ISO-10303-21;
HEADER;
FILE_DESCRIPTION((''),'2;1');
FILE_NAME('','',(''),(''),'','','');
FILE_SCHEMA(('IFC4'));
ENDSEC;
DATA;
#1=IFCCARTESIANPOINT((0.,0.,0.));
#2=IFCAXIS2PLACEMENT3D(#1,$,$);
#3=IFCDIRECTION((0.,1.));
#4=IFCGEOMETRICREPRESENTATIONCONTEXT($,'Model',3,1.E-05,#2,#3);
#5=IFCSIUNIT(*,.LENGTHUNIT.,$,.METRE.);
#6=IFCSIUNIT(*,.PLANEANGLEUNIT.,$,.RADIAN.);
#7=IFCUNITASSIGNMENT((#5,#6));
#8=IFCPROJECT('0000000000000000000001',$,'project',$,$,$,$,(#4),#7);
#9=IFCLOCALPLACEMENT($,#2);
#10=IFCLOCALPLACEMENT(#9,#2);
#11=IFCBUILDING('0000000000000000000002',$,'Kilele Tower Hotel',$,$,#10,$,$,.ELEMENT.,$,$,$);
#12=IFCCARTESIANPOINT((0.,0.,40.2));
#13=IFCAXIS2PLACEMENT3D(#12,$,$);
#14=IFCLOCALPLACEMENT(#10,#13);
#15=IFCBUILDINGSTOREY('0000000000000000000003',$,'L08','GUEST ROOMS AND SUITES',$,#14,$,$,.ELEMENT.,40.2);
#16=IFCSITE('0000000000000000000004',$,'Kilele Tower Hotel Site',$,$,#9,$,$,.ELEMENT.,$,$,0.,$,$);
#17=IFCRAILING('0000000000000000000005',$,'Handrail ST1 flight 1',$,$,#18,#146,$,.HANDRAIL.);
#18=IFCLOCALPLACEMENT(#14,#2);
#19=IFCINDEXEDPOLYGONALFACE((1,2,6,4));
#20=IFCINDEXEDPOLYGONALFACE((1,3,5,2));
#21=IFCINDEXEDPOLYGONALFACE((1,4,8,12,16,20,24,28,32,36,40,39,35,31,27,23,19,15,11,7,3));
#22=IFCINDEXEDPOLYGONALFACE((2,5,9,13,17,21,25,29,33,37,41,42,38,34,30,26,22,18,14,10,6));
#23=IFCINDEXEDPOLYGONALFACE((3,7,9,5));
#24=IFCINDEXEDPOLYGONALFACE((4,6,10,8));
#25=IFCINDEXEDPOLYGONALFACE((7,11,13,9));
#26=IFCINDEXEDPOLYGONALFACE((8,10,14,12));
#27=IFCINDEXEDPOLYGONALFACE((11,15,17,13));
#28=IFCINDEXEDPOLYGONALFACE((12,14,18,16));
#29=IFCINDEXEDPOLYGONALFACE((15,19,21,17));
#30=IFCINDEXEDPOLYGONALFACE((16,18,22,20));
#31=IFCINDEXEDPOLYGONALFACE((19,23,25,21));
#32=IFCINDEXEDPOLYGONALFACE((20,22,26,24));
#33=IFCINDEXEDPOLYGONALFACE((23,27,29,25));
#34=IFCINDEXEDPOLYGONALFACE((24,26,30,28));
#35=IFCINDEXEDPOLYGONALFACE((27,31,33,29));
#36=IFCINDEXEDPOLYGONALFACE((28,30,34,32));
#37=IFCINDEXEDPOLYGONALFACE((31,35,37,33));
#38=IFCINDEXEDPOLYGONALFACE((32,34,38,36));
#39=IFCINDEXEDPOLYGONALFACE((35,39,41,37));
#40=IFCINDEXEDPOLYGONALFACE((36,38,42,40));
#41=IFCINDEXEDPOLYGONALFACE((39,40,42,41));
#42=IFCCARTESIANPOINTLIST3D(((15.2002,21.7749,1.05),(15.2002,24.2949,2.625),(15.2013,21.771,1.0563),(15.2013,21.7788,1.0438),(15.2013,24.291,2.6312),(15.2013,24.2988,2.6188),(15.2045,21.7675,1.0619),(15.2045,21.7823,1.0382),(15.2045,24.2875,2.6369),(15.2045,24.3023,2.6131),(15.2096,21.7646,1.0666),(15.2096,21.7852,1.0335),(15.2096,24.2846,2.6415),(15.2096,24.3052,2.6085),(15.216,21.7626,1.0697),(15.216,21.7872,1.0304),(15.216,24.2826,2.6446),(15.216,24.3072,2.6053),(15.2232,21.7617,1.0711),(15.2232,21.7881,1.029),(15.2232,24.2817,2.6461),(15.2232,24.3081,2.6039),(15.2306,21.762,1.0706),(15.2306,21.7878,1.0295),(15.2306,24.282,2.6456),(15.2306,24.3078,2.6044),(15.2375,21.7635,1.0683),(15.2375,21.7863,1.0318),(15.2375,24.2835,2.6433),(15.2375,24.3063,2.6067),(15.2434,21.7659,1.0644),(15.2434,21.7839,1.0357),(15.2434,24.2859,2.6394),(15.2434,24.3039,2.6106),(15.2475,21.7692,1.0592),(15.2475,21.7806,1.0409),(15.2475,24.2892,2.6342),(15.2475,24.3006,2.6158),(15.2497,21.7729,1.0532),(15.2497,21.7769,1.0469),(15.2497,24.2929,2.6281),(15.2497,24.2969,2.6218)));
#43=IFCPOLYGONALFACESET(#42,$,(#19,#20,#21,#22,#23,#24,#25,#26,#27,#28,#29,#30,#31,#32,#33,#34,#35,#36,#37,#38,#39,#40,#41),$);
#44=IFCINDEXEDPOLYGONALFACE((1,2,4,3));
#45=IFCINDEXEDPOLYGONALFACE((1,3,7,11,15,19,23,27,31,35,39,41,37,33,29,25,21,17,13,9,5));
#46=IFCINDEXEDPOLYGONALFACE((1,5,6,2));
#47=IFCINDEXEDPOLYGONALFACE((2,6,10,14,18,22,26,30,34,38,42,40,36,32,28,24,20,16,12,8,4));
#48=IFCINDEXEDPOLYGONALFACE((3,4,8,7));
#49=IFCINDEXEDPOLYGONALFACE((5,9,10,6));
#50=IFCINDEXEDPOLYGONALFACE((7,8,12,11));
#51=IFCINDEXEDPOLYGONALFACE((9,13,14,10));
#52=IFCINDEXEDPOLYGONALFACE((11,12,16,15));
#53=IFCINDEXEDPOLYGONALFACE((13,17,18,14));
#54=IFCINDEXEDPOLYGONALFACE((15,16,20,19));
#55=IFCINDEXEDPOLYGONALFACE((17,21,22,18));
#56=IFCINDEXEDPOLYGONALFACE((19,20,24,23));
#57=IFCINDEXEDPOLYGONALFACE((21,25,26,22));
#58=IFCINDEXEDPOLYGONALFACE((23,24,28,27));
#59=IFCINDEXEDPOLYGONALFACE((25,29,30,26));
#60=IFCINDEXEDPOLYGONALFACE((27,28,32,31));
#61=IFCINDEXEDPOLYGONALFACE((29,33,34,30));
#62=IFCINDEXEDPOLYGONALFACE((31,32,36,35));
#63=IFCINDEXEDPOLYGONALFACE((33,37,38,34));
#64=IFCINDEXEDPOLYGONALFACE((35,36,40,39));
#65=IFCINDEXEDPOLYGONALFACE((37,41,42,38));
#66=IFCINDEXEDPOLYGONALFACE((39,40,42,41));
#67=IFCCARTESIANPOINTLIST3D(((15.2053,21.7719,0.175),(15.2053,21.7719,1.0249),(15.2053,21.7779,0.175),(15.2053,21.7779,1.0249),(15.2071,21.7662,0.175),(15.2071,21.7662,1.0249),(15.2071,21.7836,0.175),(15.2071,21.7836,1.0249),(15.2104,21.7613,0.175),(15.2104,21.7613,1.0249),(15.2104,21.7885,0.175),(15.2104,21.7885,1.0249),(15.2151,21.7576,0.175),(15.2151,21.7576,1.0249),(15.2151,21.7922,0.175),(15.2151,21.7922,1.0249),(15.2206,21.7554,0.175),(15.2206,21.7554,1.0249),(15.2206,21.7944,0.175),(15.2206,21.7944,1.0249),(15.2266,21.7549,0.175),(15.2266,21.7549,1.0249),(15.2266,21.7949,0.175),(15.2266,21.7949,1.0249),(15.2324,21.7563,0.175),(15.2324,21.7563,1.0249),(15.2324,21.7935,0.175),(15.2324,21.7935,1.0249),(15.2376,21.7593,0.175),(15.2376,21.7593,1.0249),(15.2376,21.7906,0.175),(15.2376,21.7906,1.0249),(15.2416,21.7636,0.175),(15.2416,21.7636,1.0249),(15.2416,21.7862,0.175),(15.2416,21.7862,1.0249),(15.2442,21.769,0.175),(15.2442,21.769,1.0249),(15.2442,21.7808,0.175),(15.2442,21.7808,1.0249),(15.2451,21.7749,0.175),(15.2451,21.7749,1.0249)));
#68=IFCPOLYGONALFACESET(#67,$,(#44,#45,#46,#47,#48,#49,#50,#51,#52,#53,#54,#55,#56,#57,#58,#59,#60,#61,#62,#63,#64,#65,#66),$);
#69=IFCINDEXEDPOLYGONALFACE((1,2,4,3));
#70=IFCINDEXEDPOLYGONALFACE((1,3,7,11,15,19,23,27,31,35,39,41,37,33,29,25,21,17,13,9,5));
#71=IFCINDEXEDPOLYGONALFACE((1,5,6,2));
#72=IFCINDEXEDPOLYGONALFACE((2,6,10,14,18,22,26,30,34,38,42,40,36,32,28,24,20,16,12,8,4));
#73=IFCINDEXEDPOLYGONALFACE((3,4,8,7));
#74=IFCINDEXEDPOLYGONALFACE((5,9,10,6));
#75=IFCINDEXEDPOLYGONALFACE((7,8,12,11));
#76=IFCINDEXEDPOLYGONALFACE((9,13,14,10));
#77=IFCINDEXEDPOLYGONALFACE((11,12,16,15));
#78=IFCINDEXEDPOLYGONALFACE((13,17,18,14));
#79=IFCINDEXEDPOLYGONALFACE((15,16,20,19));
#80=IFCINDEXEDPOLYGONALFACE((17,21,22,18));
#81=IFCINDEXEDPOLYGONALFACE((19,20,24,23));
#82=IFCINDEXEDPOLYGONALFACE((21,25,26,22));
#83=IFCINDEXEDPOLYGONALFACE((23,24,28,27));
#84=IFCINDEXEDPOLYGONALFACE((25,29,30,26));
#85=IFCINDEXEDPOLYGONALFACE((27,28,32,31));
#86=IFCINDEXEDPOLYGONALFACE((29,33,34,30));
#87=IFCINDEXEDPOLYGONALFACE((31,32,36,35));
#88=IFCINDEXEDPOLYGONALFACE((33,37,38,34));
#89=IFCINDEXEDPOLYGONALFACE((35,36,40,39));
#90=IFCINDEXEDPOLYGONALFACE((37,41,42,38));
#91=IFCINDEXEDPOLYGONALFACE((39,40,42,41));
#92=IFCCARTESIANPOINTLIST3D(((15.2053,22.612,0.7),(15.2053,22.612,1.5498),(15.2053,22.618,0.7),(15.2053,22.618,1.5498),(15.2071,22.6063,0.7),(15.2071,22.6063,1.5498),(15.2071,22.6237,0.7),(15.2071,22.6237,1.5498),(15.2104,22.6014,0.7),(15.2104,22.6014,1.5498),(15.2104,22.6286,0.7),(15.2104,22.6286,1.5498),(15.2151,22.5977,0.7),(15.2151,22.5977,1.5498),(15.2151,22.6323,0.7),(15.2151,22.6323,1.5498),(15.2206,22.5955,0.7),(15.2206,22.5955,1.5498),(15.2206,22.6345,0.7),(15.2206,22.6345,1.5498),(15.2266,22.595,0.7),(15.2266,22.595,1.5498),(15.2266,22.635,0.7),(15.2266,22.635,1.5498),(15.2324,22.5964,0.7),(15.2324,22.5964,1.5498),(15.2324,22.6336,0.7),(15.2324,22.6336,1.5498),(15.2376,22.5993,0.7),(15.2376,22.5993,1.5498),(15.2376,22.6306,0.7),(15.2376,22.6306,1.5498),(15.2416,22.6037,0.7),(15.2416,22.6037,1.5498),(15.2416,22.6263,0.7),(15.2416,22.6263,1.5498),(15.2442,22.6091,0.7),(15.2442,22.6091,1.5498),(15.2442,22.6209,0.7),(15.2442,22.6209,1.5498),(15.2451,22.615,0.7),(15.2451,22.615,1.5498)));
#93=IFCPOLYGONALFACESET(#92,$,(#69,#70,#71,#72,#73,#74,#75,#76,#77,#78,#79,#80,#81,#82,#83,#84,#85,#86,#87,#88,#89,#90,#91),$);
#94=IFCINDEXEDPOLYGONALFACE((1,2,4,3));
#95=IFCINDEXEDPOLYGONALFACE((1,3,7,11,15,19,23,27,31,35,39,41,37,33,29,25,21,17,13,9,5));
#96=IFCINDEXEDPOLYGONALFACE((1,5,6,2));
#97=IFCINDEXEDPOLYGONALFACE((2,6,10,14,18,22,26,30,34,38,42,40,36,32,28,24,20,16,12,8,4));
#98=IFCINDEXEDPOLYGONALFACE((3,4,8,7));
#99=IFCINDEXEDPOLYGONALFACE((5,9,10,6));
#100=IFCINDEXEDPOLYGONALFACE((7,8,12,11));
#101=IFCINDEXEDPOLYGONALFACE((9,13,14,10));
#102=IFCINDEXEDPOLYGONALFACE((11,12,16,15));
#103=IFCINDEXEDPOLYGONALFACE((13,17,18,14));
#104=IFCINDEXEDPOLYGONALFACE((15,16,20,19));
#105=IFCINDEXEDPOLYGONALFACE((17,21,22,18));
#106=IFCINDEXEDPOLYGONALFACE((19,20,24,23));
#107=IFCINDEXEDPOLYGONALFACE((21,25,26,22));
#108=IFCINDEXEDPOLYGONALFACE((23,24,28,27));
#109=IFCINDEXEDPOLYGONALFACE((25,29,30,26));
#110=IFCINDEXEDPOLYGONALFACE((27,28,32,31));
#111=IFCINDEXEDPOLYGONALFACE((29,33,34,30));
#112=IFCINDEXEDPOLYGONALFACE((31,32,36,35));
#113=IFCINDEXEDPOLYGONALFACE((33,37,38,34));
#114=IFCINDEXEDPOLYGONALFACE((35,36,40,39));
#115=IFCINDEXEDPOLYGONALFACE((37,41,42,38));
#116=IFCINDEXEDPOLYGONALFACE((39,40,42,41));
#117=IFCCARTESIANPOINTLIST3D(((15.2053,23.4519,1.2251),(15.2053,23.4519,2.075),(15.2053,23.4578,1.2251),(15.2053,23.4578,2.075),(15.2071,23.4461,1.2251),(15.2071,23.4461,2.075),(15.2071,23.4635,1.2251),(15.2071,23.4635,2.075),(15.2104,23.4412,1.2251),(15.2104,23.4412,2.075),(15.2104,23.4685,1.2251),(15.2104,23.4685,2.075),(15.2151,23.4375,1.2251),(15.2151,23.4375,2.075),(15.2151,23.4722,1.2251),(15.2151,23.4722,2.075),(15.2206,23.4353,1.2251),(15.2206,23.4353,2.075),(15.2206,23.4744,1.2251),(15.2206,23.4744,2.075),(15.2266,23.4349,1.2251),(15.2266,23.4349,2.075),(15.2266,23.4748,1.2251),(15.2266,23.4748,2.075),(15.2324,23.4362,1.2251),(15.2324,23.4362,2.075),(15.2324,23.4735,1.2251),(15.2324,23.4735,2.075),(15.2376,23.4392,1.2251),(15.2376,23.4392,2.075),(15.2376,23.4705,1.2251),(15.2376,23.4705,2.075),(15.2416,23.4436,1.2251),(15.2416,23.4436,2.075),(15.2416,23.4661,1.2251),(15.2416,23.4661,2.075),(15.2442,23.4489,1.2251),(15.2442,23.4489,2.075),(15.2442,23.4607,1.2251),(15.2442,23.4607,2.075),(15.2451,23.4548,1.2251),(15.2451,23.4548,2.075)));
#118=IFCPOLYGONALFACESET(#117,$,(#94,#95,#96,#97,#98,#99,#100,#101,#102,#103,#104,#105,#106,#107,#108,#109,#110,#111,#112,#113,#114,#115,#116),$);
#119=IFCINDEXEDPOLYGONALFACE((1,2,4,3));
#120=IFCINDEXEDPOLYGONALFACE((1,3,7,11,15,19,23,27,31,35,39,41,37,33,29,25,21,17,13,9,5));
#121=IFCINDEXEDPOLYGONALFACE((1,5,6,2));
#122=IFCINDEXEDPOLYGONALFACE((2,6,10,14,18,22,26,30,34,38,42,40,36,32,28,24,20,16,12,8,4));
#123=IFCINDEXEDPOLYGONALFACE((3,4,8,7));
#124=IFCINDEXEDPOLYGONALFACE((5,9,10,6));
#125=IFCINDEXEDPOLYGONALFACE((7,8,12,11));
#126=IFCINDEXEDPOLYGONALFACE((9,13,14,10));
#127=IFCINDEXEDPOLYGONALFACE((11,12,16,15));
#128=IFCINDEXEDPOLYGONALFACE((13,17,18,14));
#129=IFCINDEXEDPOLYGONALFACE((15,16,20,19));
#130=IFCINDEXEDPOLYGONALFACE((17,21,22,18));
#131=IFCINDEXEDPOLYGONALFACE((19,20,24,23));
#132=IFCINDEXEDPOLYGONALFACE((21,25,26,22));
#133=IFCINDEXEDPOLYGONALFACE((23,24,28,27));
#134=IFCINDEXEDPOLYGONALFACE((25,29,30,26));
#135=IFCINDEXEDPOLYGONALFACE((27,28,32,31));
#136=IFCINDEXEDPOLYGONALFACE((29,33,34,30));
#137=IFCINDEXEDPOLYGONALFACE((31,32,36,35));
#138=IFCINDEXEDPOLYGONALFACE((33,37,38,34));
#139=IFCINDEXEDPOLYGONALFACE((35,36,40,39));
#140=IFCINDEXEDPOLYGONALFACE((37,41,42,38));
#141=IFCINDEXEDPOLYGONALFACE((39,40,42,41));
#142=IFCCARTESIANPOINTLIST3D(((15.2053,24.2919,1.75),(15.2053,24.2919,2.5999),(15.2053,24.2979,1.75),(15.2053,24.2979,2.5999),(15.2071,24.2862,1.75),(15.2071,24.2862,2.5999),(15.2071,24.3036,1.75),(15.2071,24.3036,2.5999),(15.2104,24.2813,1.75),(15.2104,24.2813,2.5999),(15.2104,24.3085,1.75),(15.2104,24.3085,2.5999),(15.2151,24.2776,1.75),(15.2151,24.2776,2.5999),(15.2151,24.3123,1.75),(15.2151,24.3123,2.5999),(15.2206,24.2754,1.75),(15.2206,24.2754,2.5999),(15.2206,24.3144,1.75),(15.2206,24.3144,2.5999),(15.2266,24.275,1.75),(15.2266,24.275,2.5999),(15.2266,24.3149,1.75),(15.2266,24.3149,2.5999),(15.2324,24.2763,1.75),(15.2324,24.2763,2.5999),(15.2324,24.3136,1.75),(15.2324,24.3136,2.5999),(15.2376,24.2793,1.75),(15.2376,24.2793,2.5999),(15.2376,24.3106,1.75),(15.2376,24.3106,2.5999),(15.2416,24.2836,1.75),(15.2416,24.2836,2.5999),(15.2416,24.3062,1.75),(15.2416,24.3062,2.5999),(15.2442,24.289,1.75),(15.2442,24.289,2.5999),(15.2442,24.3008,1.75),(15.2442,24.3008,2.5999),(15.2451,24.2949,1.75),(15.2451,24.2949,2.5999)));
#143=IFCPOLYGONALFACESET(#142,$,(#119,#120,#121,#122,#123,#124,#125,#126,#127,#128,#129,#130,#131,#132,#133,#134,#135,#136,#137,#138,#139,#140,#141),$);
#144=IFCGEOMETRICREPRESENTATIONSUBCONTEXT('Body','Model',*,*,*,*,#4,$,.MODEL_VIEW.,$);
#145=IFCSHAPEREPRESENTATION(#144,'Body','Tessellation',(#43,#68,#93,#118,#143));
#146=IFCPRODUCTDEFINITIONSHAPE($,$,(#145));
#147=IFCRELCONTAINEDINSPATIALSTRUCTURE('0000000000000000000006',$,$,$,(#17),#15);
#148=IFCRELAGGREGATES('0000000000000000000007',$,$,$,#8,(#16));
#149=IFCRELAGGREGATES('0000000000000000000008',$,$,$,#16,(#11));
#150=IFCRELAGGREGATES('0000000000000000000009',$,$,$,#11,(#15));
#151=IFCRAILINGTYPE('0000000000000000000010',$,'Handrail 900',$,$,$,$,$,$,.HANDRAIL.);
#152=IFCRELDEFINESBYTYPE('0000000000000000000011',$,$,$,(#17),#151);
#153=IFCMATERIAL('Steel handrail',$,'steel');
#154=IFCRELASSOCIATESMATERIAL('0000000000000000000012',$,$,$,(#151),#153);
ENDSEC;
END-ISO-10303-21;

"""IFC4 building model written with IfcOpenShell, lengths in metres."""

from ifc_helpers import new_model, si_unit, direction, frame, origin, origin_2d, place, context, subcontext, project, spatial, circle, extrude, material, type_object, element, save


model = new_model("IFC4")

# Units and contexts
model_context = context("Model", 3, precision=1e-05, world=origin(), true_north=direction((0.0, 1.0)))
body_context = subcontext(model_context, "Body", "Model", "MODEL_VIEW")
ifc_project = project(units=[si_unit("LENGTHUNIT", "METRE"), si_unit("PLANEANGLEUNIT", "RADIAN")], contexts=[model_context])

# Site, building, storey
site_placement = place(None, origin())
site = spatial("IfcSite", under=ifc_project, at=site_placement, Name="Kilele Tower Hotel Site", CompositionType="ELEMENT", RefElevation=0.0)
building_placement = place(site_placement, origin())
building = spatial("IfcBuilding", under=site, at=building_placement, Name="Kilele Tower Hotel", CompositionType="ELEMENT")
storey_placement = place(building_placement, frame((0.0, 0.0, 40.2)))
storey = spatial("IfcBuildingStorey", under=building, at=storey_placement, Name="L08", Description="GUEST ROOMS AND SUITES", CompositionType="ELEMENT", Elevation=40.2)

# Railing
ifc_material_1 = material(Name="Steel handrail", Category="steel")
railing_type_1 = type_object("IfcRailingType", Name="Handrail 900", PredefinedType="HANDRAIL", material=ifc_material_1)
for number, where, name in (
    (1, (15.2251, 21.7749, 0.175), "Handrail ST1 flight 1"),
):
    element("IfcRailing", number, at=place(storey_placement, frame(where)), inside=storey, type_object=railing_type_1, Name=name, PredefinedType="HANDRAIL", context=body_context, shape_type="SweptSolid", body=[
        extrude(circle(Radius=0.0249, at=origin_2d()), frame((0.0, 0.0, 0.875), z_axis=(0.0, 0.848008, 0.529984), x_axis=(-1.0, 0.0, 0.0)), (0.0, 0.0, 1.0), 2.9717),
        extrude(circle(Radius=0.02, at=origin_2d()), origin(), (0.0, 0.0, 1.0), 0.8499),
        extrude(circle(Radius=0.02, at=origin_2d()), frame((0.0, 0.8401, 0.5249)), (0.0, 0.0, 1.0), 0.8499),
        extrude(circle(Radius=0.02, at=origin_2d()), frame((0.0, 1.6799, 1.05)), (0.0, 0.0, 1.0), 0.8499),
        extrude(circle(Radius=0.02, at=origin_2d()), frame((0.0, 2.52, 1.575)), (0.0, 0.0, 1.0), 0.8499),
    ])

save(model, "model.ifc")
